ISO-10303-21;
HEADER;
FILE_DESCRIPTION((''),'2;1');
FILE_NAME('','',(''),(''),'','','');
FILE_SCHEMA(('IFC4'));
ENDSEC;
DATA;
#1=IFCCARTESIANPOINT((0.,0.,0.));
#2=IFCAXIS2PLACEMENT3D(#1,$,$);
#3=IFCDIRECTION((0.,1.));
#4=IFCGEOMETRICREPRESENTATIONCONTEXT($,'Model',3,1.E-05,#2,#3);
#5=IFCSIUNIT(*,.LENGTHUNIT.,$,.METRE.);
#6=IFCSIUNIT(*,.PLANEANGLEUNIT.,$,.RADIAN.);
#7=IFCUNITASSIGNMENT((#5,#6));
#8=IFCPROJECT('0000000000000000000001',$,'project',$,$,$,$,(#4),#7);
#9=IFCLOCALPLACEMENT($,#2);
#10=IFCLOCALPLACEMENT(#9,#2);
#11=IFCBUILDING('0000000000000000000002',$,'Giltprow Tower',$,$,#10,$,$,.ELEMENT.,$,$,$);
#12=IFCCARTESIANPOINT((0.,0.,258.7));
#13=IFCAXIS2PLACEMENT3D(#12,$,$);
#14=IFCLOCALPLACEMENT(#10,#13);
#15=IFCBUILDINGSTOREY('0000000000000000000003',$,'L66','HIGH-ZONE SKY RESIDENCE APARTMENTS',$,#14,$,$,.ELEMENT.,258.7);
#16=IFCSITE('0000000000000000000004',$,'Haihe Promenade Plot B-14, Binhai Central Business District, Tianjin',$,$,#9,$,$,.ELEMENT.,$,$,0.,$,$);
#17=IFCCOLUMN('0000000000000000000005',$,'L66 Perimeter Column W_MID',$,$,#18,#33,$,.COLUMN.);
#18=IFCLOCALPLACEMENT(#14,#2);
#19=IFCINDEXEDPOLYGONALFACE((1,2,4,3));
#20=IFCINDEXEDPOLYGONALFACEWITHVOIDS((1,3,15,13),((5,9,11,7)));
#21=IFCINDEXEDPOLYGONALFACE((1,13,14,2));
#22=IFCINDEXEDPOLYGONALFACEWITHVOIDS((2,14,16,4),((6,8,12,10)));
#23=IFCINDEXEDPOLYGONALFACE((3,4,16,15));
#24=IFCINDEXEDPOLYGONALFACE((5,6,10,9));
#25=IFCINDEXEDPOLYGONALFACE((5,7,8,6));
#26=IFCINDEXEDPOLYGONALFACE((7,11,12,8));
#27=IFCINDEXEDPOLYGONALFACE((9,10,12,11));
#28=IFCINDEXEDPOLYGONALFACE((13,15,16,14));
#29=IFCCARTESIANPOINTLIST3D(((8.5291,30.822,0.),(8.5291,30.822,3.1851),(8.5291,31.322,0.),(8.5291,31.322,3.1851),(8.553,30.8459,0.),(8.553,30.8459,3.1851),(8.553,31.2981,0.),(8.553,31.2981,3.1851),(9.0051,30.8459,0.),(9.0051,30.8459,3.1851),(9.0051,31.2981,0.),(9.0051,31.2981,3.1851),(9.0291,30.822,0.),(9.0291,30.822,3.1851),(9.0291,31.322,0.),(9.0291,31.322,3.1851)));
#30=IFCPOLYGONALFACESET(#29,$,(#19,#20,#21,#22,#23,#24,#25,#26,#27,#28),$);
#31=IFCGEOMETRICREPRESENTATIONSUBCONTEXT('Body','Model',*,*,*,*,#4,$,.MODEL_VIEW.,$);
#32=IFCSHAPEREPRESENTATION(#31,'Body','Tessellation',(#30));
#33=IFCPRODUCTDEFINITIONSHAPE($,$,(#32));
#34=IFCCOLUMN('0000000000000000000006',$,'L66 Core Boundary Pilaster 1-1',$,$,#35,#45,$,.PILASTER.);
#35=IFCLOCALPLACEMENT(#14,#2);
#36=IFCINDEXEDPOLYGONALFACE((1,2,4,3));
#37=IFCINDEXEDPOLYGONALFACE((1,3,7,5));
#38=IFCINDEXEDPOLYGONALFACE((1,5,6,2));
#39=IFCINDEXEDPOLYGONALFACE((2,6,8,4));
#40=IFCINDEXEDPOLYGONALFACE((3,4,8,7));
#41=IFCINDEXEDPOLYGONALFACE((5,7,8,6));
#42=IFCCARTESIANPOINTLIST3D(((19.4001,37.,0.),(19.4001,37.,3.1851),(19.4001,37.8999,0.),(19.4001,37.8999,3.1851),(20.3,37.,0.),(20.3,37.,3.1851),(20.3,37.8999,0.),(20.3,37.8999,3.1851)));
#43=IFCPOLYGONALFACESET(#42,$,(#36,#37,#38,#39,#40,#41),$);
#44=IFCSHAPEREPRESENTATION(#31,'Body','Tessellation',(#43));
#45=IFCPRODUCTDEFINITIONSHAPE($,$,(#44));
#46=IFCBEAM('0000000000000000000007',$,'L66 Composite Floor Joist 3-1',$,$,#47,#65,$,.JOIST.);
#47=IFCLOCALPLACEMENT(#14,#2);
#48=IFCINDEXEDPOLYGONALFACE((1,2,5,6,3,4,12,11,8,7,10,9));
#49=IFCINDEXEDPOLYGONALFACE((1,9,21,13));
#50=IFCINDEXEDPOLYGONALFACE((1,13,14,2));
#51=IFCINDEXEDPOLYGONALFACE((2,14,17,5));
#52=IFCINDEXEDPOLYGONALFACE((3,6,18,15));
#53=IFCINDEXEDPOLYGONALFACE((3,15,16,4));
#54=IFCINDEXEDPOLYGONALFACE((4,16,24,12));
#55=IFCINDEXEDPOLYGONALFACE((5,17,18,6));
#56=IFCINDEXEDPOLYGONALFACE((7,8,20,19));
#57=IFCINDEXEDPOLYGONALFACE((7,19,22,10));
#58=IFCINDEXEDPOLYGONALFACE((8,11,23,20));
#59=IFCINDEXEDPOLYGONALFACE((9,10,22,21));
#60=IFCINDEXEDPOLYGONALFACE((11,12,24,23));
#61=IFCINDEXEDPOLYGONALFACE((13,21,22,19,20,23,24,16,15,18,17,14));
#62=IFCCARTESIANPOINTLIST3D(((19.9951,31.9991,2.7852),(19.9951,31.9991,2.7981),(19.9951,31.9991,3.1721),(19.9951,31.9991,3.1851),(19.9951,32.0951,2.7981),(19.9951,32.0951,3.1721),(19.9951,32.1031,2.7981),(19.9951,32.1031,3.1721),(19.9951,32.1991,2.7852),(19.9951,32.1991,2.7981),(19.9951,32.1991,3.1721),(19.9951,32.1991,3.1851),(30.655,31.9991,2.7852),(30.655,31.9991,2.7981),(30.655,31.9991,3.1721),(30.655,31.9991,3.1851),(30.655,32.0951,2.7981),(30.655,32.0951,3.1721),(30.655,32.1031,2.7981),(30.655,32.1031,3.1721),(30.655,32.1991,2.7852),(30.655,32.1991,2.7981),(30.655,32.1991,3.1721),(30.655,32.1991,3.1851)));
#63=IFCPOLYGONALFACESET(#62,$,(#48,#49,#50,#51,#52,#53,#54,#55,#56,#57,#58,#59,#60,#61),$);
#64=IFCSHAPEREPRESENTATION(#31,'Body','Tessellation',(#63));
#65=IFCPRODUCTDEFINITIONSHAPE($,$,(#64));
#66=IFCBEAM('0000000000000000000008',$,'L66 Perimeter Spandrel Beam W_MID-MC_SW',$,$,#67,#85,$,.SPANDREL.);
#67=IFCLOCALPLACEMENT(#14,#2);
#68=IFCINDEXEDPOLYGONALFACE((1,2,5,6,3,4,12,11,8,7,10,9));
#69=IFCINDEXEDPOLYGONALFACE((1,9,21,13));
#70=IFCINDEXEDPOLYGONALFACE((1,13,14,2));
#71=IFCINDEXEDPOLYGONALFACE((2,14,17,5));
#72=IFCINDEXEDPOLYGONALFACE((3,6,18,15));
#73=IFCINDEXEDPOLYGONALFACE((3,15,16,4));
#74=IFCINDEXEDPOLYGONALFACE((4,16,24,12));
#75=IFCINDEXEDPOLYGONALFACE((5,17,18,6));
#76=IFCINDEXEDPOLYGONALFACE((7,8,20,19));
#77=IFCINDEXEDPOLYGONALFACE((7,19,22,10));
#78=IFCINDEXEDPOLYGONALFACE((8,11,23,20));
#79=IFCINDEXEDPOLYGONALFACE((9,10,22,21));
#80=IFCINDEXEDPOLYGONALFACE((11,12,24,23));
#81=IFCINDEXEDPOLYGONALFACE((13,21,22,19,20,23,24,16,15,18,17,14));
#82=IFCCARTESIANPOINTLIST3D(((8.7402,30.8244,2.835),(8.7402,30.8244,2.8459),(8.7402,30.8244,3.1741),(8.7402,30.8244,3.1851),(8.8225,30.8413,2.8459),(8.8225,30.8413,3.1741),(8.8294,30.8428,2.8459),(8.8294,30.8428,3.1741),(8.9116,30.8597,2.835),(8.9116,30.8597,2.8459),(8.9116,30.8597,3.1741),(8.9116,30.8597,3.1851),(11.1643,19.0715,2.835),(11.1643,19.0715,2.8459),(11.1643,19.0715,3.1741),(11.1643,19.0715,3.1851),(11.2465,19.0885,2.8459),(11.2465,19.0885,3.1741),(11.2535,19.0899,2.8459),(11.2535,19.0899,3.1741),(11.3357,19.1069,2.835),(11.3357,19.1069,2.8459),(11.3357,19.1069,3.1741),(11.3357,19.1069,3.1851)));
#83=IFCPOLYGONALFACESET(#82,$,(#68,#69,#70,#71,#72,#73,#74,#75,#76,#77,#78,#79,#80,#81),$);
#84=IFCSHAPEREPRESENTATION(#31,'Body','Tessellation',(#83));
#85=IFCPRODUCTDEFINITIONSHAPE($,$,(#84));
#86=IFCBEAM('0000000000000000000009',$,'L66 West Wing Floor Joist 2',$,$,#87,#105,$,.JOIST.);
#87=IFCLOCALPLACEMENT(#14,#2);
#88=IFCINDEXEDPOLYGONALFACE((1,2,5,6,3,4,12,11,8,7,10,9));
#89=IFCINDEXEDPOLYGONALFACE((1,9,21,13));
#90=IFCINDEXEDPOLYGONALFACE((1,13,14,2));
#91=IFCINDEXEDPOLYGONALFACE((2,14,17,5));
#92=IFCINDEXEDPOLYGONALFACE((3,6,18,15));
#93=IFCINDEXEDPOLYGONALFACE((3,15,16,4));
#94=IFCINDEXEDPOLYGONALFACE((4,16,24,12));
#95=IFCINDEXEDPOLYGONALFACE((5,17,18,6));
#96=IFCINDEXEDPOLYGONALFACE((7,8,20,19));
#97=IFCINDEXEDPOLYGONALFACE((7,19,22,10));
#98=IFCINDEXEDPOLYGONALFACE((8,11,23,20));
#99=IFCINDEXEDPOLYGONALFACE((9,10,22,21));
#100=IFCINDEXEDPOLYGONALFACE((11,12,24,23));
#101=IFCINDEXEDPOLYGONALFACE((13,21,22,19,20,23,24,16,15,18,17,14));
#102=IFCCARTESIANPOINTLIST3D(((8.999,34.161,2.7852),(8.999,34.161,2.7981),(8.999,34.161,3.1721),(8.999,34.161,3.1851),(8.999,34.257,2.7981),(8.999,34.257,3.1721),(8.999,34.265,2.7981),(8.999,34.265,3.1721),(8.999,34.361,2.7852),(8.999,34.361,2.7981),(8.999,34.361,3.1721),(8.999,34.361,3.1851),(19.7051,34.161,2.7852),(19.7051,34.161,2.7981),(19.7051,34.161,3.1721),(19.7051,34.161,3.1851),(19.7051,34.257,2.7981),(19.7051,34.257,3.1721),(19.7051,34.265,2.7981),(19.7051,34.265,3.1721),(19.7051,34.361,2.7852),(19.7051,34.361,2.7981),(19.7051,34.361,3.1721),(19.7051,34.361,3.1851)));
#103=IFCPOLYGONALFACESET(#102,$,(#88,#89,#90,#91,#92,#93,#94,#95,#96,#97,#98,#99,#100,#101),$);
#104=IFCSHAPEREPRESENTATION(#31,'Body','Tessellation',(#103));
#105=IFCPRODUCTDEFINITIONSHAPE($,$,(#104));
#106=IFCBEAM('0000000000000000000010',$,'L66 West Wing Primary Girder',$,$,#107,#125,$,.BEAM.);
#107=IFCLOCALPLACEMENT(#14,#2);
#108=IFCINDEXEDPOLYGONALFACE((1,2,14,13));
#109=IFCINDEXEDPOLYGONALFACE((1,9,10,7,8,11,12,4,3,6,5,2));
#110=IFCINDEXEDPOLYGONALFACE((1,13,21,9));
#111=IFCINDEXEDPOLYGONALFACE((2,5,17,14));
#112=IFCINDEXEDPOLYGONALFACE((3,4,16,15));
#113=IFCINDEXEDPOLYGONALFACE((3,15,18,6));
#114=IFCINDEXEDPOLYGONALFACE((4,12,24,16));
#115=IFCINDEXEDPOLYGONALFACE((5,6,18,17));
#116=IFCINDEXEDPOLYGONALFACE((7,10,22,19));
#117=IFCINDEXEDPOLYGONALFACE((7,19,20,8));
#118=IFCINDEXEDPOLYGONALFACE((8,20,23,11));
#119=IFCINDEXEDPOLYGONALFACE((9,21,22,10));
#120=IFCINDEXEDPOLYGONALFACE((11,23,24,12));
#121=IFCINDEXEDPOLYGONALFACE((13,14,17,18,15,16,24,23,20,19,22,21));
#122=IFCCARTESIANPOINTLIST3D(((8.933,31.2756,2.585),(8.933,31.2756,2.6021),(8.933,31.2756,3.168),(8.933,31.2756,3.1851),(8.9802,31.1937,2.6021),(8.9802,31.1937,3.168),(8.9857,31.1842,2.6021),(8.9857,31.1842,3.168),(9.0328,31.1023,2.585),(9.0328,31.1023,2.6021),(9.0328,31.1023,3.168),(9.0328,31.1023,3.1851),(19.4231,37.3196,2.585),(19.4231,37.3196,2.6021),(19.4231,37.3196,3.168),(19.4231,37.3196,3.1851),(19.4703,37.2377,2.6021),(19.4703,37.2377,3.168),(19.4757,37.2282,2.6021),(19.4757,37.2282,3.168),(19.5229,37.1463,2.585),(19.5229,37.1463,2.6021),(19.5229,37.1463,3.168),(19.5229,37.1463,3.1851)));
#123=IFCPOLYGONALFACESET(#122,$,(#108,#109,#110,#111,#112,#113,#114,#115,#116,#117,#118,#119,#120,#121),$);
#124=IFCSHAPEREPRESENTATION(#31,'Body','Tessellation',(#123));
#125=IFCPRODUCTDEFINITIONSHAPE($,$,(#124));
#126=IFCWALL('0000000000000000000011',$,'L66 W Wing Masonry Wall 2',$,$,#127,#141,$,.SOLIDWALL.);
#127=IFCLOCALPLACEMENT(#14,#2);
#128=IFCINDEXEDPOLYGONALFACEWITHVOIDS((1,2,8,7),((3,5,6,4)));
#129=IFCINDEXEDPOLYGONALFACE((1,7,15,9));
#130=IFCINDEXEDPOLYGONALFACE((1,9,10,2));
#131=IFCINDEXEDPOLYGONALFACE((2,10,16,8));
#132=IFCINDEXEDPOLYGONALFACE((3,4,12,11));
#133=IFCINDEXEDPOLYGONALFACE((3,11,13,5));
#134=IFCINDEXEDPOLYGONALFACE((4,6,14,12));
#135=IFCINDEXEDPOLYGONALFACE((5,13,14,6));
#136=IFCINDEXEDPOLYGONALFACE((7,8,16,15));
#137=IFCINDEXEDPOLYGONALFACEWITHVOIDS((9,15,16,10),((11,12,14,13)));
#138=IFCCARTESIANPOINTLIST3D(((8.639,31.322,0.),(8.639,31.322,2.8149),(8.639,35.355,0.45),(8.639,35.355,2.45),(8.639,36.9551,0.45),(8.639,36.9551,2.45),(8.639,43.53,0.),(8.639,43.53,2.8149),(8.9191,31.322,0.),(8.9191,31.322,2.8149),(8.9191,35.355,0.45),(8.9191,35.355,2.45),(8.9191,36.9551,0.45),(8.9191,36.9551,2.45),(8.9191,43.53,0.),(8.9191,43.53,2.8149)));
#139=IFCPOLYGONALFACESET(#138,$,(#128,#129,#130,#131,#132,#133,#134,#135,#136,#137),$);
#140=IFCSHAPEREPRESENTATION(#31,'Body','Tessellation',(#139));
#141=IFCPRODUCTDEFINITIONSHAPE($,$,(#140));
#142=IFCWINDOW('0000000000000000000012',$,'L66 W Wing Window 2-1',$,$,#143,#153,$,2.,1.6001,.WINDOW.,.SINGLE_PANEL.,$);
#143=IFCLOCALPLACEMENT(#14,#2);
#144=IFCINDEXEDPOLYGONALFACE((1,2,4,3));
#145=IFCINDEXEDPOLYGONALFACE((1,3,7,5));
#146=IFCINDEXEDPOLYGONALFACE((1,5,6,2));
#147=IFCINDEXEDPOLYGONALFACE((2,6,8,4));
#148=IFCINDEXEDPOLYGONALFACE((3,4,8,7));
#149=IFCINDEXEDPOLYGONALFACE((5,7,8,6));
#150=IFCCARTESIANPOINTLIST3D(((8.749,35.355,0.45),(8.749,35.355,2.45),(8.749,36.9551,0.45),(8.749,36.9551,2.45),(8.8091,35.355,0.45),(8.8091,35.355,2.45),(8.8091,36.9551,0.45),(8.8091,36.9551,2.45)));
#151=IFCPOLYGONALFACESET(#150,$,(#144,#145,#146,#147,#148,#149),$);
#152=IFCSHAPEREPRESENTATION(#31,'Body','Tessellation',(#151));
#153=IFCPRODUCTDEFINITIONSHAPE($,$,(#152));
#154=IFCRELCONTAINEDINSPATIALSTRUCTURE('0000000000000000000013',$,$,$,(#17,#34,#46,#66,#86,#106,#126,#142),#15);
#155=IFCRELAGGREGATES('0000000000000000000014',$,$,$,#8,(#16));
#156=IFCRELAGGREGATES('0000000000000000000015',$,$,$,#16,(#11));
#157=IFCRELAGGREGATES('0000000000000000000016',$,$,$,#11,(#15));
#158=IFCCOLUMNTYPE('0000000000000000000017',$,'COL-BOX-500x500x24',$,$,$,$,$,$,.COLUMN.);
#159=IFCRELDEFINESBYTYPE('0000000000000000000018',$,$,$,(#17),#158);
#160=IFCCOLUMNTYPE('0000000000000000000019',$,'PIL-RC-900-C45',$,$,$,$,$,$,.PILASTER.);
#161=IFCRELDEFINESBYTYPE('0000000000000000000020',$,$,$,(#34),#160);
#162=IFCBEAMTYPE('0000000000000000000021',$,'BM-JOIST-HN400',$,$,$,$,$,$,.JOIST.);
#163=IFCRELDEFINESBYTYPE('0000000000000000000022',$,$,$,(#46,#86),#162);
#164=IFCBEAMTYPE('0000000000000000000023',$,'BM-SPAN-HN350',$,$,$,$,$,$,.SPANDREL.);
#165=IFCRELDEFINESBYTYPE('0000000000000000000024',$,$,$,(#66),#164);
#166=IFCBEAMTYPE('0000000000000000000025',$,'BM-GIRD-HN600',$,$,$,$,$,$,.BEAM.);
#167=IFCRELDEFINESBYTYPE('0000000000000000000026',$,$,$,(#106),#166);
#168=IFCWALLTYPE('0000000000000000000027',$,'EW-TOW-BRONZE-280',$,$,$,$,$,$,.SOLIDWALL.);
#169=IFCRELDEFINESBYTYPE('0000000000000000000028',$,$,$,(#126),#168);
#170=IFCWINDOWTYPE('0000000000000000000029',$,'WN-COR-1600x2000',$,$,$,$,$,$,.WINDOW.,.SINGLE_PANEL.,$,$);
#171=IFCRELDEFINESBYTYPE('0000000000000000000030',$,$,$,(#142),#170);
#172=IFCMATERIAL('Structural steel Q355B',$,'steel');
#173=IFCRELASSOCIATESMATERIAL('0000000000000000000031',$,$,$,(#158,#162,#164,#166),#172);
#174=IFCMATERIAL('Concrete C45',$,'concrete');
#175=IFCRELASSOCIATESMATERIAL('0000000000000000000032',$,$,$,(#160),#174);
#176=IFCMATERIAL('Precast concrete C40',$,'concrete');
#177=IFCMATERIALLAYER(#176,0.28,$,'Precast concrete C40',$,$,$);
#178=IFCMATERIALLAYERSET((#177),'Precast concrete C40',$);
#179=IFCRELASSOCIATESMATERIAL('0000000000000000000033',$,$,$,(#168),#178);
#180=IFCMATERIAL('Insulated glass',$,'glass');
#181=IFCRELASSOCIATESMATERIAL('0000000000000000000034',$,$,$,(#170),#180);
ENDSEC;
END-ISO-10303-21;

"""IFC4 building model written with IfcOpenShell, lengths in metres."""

from ifc_helpers import new_model, si_unit, direction, frame, frame_2d, origin, origin_2d, place, context, subcontext, project, spatial, rectangle, hollow_rectangle, i_section, extrude, source, transform, mapped, material, layer, layer_set, material_profile, profile_set, type_object, element, fill, save


model = new_model("IFC4")

# Units and contexts
model_context = context("Model", 3, precision=1e-05, world=origin(), true_north=direction((0.0, 1.0)))
body_context = subcontext(model_context, "Body", "Model", "MODEL_VIEW")
ifc_project = project(units=[si_unit("LENGTHUNIT", "METRE"), si_unit("PLANEANGLEUNIT", "RADIAN")], contexts=[model_context])

# Site, building, storey
site_placement = place(None, origin())
site = spatial("IfcSite", under=ifc_project, at=site_placement, Name="Haihe Promenade Plot B-14, Binhai Central Business District, Tianjin", CompositionType="ELEMENT", RefElevation=0.0)
building_placement = place(site_placement, origin())
building = spatial("IfcBuilding", under=site, at=building_placement, Name="Giltprow Tower", CompositionType="ELEMENT")
storey_placement = place(building_placement, frame((0.0, 0.0, 258.7)))
storey = spatial("IfcBuildingStorey", under=building, at=storey_placement, Name="L66", Description="HIGH-ZONE SKY RESIDENCE APARTMENTS", CompositionType="ELEMENT", Elevation=258.7)

# Columns
ifc_material_1 = material(Name="Structural steel Q355B", Category="steel")
ifc_material_profile_1 = material_profile(ifc_material_1, hollow_rectangle(XDim=0.5, YDim=0.5, WallThickness=0.0239, at=origin_2d()), Name="BOX 500x500x24")
ifc_profile_set_1 = profile_set([ifc_material_profile_1], Name="Structural steel Q355B")
column_type_1 = type_object("IfcColumnType", Name="COL-BOX-500x500x24", PredefinedType="COLUMN", material=ifc_profile_set_1)
shared_shape_1 = source(origin(), body_context, "Body", "SweptSolid", [
    extrude(hollow_rectangle(XDim=0.5, YDim=0.5, WallThickness=0.0239, at=origin_2d()), origin(), (0.0, 0.0, 1.0), 3.1851),
])
column_1_placement = place(storey_placement, frame((8.7791, 31.072, 0.0), z_axis=(0.0, 0.0, 1.0), x_axis=(1.0, 0.0, 0.0)))
element("IfcColumn", 1, at=column_1_placement, inside=storey, type_object=column_type_1, Name="L66 Perimeter Column W_MID", PredefinedType="COLUMN", context=body_context, shape_type="MappedRepresentation", body=[
    mapped(shared_shape_1, transform((0.0, 0.0, 0.0), x_axis=(1.0, 0.0, 0.0), y_axis=(0.0, 1.0, 0.0), z_axis=(0.0, 0.0, 1.0), scale=1.0)),
])
ifc_material_2 = material(Name="Concrete C45", Category="concrete")
ifc_material_profile_2 = material_profile(ifc_material_2, rectangle(XDim=0.8999, YDim=0.8999, at=origin_2d()), Name="RC 900x900")
ifc_profile_set_2 = profile_set([ifc_material_profile_2], Name="Concrete C45")
column_type_2 = type_object("IfcColumnType", Name="PIL-RC-900-C45", PredefinedType="PILASTER", material=ifc_profile_set_2)
shared_shape_2 = source(origin(), body_context, "Body", "SweptSolid", [
    extrude(rectangle(XDim=0.8999, YDim=0.8999, at=origin_2d()), origin(), (0.0, 0.0, 1.0), 3.1851),
])
column_2_placement = place(storey_placement, frame((19.8501, 37.45, 0.0), z_axis=(0.0, 0.0, 1.0), x_axis=(1.0, 0.0, 0.0)))
element("IfcColumn", 2, at=column_2_placement, inside=storey, type_object=column_type_2, Name="L66 Core Boundary Pilaster 1-1", PredefinedType="PILASTER", context=body_context, shape_type="MappedRepresentation", body=[
    mapped(shared_shape_2, transform((0.0, 0.0, 0.0), x_axis=(1.0, 0.0, 0.0), y_axis=(0.0, 1.0, 0.0), z_axis=(0.0, 0.0, 1.0), scale=1.0)),
])

# Beams
ifc_material_profile_3 = material_profile(ifc_material_1, i_section(OverallWidth=0.2, OverallDepth=0.3999, WebThickness=0.0081, FlangeThickness=0.0129, at=origin_2d()), Name="HN 400x200x8x13")
ifc_profile_set_3 = profile_set([ifc_material_profile_3], Name="Structural steel Q355B")
beam_type_1 = type_object("IfcBeamType", Name="BM-JOIST-HN400", PredefinedType="JOIST", material=ifc_profile_set_3)
shared_shape_3 = source(origin(), body_context, "Body", "SweptSolid", [
    extrude(i_section(OverallWidth=0.2, OverallDepth=0.3999, WebThickness=0.0081, FlangeThickness=0.0129, at=origin_2d()), origin(), (0.0, 0.0, 1.0), 10.6599),
])
beam_1_placement = place(storey_placement, frame((19.9951, 32.0991, 2.9851), z_axis=(1.0, 0.0, 0.0), x_axis=(0.0, 1.0, 0.0)))
element("IfcBeam", 3, at=beam_1_placement, inside=storey, type_object=beam_type_1, Name="L66 Composite Floor Joist 3-1", PredefinedType="JOIST", context=body_context, shape_type="MappedRepresentation", body=[
    mapped(shared_shape_3, transform((0.0, 0.0, 0.0), x_axis=(1.0, 0.0, 0.0), y_axis=(0.0, 1.0, 0.0), z_axis=(0.0, 0.0, 1.0), scale=1.0)),
])
ifc_material_profile_4 = material_profile(ifc_material_1, i_section(OverallWidth=0.175, OverallDepth=0.3501, WebThickness=0.0071, FlangeThickness=0.011, at=origin_2d()), Name="HN 350x175x7x11")
ifc_profile_set_4 = profile_set([ifc_material_profile_4], Name="Structural steel Q355B")
beam_type_2 = type_object("IfcBeamType", Name="BM-SPAN-HN350", PredefinedType="SPANDREL", material=ifc_profile_set_4)
shared_shape_4 = source(origin(), body_context, "Body", "SweptSolid", [
    extrude(i_section(OverallWidth=0.175, OverallDepth=0.3501, WebThickness=0.0071, FlangeThickness=0.011, at=origin_2d()), origin(), (0.0, 0.0, 1.0), 12.0002),
])
beam_2_placement = place(storey_placement, frame((8.8259, 30.842, 3.01), z_axis=(0.202001, -0.979385, 0.0), x_axis=(0.979385, 0.202001, 0.0)))
element("IfcBeam", 4, at=beam_2_placement, inside=storey, type_object=beam_type_2, Name="L66 Perimeter Spandrel Beam W_MID-MC_SW", PredefinedType="SPANDREL", context=body_context, shape_type="MappedRepresentation", body=[
    mapped(shared_shape_4, transform((0.0, 0.0, 0.0), x_axis=(1.0, 0.0, 0.0), y_axis=(0.0, 1.0, 0.0), z_axis=(0.0, 0.0, 1.0), scale=1.0)),
])
shared_shape_5 = source(origin(), body_context, "Body", "SweptSolid", [
    extrude(i_section(OverallWidth=0.2, OverallDepth=0.3999, WebThickness=0.0081, FlangeThickness=0.0129, at=origin_2d()), origin(), (0.0, 0.0, 1.0), 10.7061),
])
beam_3_placement = place(storey_placement, frame((8.999, 34.261, 2.9851), z_axis=(1.0, 0.0, 0.0), x_axis=(0.0, 1.0, 0.0)))
element("IfcBeam", 5, at=beam_3_placement, inside=storey, type_object=beam_type_1, Name="L66 West Wing Floor Joist 2", PredefinedType="JOIST", context=body_context, shape_type="MappedRepresentation", body=[
    mapped(shared_shape_5, transform((0.0, 0.0, 0.0), x_axis=(1.0, 0.0, 0.0), y_axis=(0.0, 1.0, 0.0), z_axis=(0.0, 0.0, 1.0), scale=1.0)),
])
ifc_material_profile_5 = material_profile(ifc_material_1, i_section(OverallWidth=0.2, OverallDepth=0.6001, WebThickness=0.011, FlangeThickness=0.0171, at=origin_2d()), Name="HN 600x200x11x17")
ifc_profile_set_5 = profile_set([ifc_material_profile_5], Name="Structural steel Q355B")
beam_type_3 = type_object("IfcBeamType", Name="BM-GIRD-HN600", PredefinedType="BEAM", material=ifc_profile_set_5)
shared_shape_6 = source(origin(), body_context, "Body", "SweptSolid", [
    extrude(i_section(OverallWidth=0.2, OverallDepth=0.6001, WebThickness=0.011, FlangeThickness=0.0171, at=origin_2d()), origin(), (0.0, 0.0, 1.0), 12.1067),
])
beam_4_placement = place(storey_placement, frame((8.9829, 31.189, 2.885), z_axis=(0.86647, 0.499228, 0.0), x_axis=(-0.499228, 0.86647, 0.0)))
element("IfcBeam", 6, at=beam_4_placement, inside=storey, type_object=beam_type_3, Name="L66 West Wing Primary Girder", PredefinedType="BEAM", context=body_context, shape_type="MappedRepresentation", body=[
    mapped(shared_shape_6, transform((0.0, 0.0, 0.0), x_axis=(1.0, 0.0, 0.0), y_axis=(0.0, 1.0, 0.0), z_axis=(0.0, 0.0, 1.0), scale=1.0)),
])

# Wall, opening, window
ifc_material_3 = material(Name="Precast concrete C40", Category="concrete")
ifc_layer_1 = layer(ifc_material_3, 0.28, Name="Precast concrete C40")
ifc_layer_set_1 = layer_set([ifc_layer_1], Name="Precast concrete C40")
wall_type_1 = type_object("IfcWallType", Name="EW-TOW-BRONZE-280", PredefinedType="SOLIDWALL", material=ifc_layer_set_1)
wall_1_placement = place(storey_placement, frame((8.7791, 31.322, 0.0), z_axis=(0.0, 0.0, 1.0), x_axis=(0.0, 1.0, 0.0)))
wall_1 = element("IfcWall", 7, at=wall_1_placement, inside=storey, type_object=wall_type_1, Name="L66 W Wing Masonry Wall 2", PredefinedType="SOLIDWALL", context=body_context, shape_type="SweptSolid", body=[
    extrude(rectangle(XDim=12.208, YDim=0.28, at=frame_2d((6.104, 0.0))), origin(), (0.0, 0.0, 1.0), 2.8149),
])
opening_1_placement = place(wall_1_placement, frame((4.033, 0.0, 0.45)))
opening_1 = element("IfcOpeningElement", 8, at=opening_1_placement, cuts=wall_1, PredefinedType="OPENING", context=body_context, shape_type="SweptSolid", body=[
    extrude(rectangle(XDim=1.6001, YDim=2.0, at=frame_2d((0.8, 1.0))), frame((0.0, 0.1499, 0.0), z_axis=(0.0, -1.0, 0.0), x_axis=(1.0, 0.0, 0.0)), (0.0, 0.0, 1.0), 0.3),
])
ifc_material_4 = material(Name="Insulated glass", Category="glass")
window_type = type_object("IfcWindowType", Name="WN-COR-1600x2000", PartitioningType="SINGLE_PANEL", PredefinedType="WINDOW", material=ifc_material_4)
shared_shape_7 = source(origin(), body_context, "Body", "SweptSolid", [
    extrude(rectangle(XDim=1.6001, YDim=2.0, at=frame_2d((0.8, 1.0))), frame((0.0, 0.03, 0.0), z_axis=(0.0, -1.0, 0.0), x_axis=(1.0, 0.0, 0.0)), (0.0, 0.0, 1.0), 0.0601),
])
window_placement = place(opening_1_placement, origin())
window = element("IfcWindow", 9, at=window_placement, inside=storey, type_object=window_type, Name="L66 W Wing Window 2-1", OverallHeight=2.0, OverallWidth=1.6001, PartitioningType="SINGLE_PANEL", PredefinedType="WINDOW", context=body_context, shape_type="MappedRepresentation", body=[
    mapped(shared_shape_7, transform((0.0, 0.0, 0.0), x_axis=(1.0, 0.0, 0.0), y_axis=(0.0, 1.0, 0.0), z_axis=(0.0, 0.0, 1.0), scale=1.0)),
])
fill(opening_1, window)

save(model, "model.ifc")
